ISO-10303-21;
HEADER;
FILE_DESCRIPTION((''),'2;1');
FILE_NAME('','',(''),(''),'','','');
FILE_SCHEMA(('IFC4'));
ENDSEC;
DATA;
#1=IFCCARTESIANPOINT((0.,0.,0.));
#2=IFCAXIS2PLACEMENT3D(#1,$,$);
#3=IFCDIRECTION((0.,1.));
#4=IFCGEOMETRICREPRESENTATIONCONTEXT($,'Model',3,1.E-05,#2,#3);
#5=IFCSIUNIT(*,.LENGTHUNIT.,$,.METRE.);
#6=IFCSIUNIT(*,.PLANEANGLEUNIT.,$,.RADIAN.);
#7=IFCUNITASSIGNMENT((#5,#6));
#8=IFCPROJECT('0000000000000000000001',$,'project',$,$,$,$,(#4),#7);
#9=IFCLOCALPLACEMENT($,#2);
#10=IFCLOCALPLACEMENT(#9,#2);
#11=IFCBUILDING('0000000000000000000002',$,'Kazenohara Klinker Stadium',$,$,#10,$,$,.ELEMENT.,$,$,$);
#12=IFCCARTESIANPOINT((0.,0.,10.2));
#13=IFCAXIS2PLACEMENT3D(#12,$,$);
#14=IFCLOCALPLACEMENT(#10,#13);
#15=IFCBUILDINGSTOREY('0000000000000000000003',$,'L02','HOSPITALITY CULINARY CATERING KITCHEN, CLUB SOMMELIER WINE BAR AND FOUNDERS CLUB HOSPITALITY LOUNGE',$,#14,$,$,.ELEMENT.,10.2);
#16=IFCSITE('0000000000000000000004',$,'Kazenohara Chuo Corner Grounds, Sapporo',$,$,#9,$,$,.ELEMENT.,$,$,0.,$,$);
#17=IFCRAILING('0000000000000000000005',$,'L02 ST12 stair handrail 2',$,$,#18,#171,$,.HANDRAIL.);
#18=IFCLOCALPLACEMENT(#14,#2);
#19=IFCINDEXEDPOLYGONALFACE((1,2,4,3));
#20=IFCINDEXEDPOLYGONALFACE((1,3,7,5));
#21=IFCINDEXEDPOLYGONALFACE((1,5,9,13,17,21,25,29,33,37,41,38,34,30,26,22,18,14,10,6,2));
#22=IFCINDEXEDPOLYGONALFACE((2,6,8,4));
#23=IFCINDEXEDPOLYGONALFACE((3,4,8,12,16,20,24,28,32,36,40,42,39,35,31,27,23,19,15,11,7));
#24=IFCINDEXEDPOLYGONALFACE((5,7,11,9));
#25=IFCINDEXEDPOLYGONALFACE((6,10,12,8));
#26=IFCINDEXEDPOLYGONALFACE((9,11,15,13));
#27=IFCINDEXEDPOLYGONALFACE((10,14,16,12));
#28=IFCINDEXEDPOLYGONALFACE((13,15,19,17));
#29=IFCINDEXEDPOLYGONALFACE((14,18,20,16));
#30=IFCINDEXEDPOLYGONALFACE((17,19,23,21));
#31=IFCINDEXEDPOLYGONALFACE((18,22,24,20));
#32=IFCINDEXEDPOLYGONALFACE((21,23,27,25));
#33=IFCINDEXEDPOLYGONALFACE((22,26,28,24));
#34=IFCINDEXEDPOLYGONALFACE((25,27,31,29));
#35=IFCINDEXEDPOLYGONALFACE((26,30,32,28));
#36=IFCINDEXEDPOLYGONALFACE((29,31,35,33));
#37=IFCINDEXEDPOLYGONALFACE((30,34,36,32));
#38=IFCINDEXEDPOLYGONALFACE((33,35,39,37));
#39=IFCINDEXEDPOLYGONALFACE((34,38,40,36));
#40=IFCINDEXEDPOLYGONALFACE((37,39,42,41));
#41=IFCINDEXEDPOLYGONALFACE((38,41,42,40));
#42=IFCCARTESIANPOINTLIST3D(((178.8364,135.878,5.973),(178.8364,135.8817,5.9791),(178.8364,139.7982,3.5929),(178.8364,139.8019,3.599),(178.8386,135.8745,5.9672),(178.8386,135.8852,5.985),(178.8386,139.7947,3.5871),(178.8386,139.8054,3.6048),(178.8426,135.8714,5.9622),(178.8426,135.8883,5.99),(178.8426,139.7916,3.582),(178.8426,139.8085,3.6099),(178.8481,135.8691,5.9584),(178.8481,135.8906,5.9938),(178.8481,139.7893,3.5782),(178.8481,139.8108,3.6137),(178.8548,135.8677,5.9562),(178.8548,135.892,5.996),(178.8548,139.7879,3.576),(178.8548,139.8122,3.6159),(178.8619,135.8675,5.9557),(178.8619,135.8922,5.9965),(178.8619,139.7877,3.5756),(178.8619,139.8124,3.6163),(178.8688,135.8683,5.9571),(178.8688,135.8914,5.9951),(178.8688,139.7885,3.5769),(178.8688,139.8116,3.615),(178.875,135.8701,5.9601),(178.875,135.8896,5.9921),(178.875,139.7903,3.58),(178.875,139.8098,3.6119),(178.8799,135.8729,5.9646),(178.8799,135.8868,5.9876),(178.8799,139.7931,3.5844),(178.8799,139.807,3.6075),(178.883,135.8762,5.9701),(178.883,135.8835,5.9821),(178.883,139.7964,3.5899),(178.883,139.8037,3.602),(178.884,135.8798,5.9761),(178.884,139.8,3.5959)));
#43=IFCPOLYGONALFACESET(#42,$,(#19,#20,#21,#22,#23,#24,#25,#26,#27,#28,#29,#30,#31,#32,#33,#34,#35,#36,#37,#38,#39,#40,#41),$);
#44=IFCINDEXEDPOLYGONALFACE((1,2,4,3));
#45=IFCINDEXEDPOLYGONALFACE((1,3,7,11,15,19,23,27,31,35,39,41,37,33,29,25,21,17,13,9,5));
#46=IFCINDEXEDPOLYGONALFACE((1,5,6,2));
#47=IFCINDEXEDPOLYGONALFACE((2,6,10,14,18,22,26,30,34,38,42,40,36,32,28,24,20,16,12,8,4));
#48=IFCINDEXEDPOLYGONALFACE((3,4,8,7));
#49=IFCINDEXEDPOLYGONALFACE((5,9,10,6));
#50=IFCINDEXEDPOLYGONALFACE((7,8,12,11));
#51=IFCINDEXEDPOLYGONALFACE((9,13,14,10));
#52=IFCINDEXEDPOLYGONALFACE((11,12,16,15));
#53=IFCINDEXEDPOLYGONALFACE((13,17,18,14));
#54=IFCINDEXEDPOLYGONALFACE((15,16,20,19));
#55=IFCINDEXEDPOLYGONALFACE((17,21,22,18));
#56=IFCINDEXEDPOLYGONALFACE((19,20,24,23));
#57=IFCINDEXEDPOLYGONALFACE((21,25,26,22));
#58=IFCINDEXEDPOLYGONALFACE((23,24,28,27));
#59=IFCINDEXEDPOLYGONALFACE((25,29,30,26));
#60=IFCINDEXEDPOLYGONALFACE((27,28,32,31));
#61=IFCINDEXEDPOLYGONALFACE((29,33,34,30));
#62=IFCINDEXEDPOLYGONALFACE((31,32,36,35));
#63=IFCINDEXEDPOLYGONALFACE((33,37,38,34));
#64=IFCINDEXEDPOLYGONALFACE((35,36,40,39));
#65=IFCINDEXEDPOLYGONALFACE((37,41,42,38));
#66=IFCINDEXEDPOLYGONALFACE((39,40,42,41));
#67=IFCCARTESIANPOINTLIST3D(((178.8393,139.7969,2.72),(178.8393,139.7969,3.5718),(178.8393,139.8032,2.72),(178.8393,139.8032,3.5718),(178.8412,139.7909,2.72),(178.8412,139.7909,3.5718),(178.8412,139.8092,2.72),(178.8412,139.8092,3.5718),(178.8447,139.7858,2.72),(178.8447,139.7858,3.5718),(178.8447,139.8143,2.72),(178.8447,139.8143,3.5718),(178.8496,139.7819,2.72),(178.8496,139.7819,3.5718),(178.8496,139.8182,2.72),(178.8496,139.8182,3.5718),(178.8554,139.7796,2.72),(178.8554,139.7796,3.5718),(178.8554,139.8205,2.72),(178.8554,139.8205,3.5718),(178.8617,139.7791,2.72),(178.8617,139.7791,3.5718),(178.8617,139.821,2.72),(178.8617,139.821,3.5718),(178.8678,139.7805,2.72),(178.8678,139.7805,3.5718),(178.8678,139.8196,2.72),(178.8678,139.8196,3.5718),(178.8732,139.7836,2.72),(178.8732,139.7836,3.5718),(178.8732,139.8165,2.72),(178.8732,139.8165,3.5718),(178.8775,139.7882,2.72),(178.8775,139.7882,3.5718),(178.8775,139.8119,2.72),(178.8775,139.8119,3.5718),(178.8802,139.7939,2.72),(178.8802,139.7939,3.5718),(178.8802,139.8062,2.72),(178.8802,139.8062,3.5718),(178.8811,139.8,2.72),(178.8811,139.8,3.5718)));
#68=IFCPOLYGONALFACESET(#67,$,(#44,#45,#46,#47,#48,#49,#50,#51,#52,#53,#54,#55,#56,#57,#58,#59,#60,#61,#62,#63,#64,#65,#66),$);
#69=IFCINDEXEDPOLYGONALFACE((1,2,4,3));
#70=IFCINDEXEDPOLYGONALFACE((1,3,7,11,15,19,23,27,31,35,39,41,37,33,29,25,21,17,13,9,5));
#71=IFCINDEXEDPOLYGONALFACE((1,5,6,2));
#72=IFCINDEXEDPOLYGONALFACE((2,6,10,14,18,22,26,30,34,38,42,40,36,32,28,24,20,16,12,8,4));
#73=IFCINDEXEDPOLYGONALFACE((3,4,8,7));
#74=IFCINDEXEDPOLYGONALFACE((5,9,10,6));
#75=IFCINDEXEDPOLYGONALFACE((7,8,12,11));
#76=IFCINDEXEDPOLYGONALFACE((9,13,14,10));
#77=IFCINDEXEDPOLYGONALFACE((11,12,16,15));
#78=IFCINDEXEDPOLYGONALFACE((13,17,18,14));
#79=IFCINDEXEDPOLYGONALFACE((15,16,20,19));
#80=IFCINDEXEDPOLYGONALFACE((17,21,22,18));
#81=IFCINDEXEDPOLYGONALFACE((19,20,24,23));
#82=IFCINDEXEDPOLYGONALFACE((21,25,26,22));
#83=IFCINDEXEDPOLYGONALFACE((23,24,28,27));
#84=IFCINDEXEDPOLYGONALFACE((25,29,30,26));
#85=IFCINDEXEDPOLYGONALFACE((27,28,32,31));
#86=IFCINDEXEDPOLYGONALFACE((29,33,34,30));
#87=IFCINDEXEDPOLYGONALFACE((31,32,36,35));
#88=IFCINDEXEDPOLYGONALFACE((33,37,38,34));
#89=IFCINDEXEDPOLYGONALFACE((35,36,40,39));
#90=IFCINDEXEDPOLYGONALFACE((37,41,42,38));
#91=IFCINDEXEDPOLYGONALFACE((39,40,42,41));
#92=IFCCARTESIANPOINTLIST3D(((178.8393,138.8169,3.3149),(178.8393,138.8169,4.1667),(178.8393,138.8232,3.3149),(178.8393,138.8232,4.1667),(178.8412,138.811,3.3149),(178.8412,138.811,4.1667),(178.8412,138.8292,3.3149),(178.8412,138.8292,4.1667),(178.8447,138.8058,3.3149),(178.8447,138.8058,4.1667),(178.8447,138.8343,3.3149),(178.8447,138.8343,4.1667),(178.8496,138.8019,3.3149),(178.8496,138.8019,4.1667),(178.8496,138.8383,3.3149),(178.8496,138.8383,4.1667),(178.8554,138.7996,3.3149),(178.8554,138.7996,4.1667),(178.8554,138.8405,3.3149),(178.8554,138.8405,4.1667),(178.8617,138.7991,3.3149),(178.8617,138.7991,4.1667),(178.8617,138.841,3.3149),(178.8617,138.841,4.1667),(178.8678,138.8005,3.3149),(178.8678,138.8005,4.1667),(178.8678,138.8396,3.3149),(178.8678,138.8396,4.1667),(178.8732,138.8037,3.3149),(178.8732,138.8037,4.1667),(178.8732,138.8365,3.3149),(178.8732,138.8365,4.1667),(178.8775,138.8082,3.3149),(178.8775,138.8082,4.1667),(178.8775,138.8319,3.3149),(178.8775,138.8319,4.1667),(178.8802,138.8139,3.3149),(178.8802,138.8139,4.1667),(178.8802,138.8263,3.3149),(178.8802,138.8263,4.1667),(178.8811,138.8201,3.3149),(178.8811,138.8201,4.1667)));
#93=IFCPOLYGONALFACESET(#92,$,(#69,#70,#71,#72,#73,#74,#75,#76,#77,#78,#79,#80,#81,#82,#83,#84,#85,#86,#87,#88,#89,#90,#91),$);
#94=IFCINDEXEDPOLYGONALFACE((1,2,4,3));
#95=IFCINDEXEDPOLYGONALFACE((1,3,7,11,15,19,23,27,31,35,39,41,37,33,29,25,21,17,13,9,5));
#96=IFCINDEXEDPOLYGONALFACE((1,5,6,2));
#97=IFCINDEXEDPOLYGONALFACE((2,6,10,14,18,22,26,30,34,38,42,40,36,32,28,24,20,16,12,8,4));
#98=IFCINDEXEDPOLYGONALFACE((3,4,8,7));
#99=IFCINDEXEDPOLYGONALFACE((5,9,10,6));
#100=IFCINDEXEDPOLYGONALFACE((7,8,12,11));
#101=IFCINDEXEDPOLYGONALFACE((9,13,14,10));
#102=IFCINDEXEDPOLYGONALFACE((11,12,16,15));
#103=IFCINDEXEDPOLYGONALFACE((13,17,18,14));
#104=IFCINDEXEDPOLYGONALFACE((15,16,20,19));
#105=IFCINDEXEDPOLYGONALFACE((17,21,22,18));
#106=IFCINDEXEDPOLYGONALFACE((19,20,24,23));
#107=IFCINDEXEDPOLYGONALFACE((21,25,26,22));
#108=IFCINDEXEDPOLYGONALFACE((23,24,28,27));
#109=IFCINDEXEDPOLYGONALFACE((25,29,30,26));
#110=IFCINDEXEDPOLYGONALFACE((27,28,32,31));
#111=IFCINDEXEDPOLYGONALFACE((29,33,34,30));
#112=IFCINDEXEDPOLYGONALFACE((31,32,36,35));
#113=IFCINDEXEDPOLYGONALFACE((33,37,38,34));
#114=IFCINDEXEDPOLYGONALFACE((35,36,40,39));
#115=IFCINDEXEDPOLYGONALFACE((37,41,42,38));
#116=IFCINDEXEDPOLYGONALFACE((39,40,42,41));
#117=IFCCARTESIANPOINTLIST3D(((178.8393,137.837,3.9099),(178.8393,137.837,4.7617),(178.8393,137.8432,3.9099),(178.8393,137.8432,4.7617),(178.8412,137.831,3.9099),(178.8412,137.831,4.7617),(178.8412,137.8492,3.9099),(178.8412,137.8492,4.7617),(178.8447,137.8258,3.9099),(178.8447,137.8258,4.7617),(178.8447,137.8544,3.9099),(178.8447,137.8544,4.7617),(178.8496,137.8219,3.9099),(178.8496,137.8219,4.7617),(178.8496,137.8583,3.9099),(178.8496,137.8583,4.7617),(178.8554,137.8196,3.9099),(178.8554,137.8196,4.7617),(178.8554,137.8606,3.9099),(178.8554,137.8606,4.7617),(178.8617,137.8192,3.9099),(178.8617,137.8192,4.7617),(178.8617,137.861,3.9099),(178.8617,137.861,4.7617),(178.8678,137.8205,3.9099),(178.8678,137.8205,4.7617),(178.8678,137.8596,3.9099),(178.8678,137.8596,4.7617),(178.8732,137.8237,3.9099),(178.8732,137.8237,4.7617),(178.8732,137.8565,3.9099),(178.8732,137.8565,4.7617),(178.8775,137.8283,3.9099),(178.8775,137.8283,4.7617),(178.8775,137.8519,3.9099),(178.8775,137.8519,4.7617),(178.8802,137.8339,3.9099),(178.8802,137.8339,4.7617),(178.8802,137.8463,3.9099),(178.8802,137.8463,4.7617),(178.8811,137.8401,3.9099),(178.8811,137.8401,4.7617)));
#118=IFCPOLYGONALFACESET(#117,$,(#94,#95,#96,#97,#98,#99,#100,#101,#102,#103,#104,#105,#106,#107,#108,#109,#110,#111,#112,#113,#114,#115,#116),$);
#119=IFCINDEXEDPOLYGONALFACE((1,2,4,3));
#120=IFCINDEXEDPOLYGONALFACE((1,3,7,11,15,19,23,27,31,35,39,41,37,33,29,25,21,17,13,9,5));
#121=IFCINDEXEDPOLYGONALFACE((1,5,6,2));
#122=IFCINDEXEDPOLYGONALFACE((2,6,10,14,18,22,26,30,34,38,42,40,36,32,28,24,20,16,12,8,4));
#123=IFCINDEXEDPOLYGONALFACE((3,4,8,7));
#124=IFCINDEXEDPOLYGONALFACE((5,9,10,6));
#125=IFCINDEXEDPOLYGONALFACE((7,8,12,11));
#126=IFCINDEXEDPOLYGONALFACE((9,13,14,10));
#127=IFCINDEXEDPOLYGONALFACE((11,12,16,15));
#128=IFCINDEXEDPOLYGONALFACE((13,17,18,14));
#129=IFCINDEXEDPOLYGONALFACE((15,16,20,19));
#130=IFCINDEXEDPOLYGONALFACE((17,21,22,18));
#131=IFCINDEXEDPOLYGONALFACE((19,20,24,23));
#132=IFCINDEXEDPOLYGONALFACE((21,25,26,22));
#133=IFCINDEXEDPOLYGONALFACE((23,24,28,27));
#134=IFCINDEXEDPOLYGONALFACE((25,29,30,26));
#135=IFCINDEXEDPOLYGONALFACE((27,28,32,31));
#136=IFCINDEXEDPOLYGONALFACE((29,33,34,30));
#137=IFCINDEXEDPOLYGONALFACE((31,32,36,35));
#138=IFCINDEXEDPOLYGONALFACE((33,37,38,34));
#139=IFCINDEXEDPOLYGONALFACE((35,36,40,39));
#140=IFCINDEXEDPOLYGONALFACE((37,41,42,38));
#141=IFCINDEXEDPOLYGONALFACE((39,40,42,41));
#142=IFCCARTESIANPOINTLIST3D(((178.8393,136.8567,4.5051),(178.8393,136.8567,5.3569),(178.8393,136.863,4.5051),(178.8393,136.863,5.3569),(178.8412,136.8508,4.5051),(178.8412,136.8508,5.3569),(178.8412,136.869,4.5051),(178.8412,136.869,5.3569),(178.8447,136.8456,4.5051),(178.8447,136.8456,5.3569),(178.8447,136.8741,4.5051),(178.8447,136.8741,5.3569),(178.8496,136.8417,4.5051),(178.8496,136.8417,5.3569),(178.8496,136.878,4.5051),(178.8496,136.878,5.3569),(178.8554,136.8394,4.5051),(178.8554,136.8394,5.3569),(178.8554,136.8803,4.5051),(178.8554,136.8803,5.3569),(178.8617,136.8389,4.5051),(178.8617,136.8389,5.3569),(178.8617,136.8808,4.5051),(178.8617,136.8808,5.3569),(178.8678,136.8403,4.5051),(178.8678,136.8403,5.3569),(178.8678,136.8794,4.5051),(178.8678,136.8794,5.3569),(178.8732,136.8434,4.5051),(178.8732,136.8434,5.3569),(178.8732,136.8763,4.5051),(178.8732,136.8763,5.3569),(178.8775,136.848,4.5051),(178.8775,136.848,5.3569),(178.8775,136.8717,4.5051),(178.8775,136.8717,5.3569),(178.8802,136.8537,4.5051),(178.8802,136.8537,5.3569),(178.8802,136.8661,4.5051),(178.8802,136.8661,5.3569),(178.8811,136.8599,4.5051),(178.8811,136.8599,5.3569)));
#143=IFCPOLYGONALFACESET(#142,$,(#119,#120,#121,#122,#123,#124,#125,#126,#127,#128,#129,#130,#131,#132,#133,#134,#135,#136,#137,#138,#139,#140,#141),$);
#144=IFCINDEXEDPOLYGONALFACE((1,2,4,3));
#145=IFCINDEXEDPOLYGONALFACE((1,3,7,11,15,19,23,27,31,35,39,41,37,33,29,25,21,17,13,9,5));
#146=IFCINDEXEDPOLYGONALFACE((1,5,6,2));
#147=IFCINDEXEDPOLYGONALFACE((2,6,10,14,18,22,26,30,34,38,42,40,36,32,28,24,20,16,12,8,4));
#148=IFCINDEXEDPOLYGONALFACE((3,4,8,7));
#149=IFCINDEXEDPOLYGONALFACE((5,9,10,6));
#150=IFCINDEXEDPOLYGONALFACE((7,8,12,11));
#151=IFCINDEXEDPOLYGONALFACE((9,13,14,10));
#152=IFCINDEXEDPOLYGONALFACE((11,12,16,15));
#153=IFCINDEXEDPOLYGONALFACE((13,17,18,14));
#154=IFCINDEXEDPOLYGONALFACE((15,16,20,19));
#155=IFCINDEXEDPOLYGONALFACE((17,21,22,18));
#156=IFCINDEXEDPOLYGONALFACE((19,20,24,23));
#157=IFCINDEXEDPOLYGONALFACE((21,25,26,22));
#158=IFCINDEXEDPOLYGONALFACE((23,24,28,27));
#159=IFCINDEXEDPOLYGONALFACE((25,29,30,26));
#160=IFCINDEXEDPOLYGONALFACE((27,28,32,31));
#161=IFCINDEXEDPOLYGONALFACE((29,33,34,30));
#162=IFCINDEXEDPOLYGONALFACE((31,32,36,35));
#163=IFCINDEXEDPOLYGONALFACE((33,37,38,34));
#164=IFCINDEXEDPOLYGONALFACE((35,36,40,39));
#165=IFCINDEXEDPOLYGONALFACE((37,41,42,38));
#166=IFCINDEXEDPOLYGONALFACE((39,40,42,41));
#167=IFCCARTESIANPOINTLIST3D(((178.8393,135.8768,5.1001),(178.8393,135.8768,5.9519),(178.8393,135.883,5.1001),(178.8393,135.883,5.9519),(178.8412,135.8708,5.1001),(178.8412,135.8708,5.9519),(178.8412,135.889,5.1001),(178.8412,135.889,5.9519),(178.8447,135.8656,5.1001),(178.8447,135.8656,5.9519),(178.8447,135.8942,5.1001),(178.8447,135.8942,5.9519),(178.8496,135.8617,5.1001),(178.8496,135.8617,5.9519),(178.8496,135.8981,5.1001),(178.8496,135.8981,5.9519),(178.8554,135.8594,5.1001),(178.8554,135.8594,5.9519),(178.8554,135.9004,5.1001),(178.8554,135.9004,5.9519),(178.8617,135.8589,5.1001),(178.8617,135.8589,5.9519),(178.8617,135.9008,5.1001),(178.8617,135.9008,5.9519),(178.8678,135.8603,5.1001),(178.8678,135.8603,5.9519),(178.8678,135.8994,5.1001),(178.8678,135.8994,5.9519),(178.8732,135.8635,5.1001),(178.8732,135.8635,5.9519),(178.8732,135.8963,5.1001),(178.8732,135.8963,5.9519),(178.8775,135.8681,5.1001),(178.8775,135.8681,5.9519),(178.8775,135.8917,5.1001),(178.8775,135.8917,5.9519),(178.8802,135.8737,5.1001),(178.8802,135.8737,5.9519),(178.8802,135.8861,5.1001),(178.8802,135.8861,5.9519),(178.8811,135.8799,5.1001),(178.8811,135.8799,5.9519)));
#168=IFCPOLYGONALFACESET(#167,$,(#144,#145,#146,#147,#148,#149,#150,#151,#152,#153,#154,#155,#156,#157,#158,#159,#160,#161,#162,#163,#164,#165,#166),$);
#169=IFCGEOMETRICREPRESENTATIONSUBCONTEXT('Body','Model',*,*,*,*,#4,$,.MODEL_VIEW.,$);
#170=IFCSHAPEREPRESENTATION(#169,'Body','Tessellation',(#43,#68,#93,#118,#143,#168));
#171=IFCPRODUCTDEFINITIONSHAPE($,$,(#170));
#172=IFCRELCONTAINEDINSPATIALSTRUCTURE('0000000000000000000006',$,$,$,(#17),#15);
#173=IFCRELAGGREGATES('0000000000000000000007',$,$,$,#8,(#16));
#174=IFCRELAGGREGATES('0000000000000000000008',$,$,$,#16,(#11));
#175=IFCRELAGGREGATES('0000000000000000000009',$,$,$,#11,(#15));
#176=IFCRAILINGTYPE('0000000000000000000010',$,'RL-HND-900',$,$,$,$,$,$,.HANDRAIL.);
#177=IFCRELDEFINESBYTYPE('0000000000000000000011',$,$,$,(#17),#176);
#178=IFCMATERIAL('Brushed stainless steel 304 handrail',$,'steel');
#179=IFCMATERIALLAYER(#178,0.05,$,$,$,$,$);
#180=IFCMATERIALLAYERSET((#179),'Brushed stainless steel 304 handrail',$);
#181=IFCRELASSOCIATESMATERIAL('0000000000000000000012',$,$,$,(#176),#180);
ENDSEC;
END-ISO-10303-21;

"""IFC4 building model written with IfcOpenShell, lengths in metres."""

from ifc_helpers import new_model, si_unit, direction, frame, origin, origin_2d, place, context, subcontext, project, spatial, circle, extrude, material, layer, layer_set, type_object, element, save


model = new_model("IFC4")

# Units and contexts
model_context = context("Model", 3, precision=1e-05, world=origin(), true_north=direction((0.0, 1.0)))
body_context = subcontext(model_context, "Body", "Model", "MODEL_VIEW")
ifc_project = project(units=[si_unit("LENGTHUNIT", "METRE"), si_unit("PLANEANGLEUNIT", "RADIAN")], contexts=[model_context])

# Site, building, storey
site_placement = place(None, origin())
site = spatial("IfcSite", under=ifc_project, at=site_placement, Name="Kazenohara Chuo Corner Grounds, Sapporo", CompositionType="ELEMENT", RefElevation=0.0)
building_placement = place(site_placement, origin())
building = spatial("IfcBuilding", under=site, at=building_placement, Name="Kazenohara Klinker Stadium", CompositionType="ELEMENT")
storey_placement = place(building_placement, frame((0.0, 0.0, 10.2)))
storey = spatial("IfcBuildingStorey", under=building, at=storey_placement, Name="L02", Description="HOSPITALITY CULINARY CATERING KITCHEN, CLUB SOMMELIER WINE BAR AND FOUNDERS CLUB HOSPITALITY LOUNGE", CompositionType="ELEMENT", Elevation=10.2)

# Railing
ifc_material_1 = material(Name="Brushed stainless steel 304 handrail", Category="steel")
ifc_layer_1 = layer(ifc_material_1, 0.05)
ifc_layer_set_1 = layer_set([ifc_layer_1], Name="Brushed stainless steel 304 handrail")
railing_type_1 = type_object("IfcRailingType", Name="RL-HND-900", PredefinedType="HANDRAIL", material=ifc_layer_set_1)
for number, where, name in (
    (1, (178.8601, 139.8, 2.72), "L02 ST12 stair handrail 2"),
):
    element("IfcRailing", number, at=place(storey_placement, frame(where)), inside=storey, type_object=railing_type_1, Name=name, PredefinedType="HANDRAIL", context=body_context, shape_type="SweptSolid", body=[
        extrude(circle(Radius=0.0239, at=origin_2d()), frame((0.0, 0.0, 0.876), z_axis=(0.0, -0.854785, 0.518982), x_axis=(1.0, 0.0, 0.0)), (0.0, 0.0, 1.0), 4.5862),
        extrude(circle(Radius=0.021, at=origin_2d()), origin(), (0.0, 0.0, 1.0), 0.8518),
        extrude(circle(Radius=0.021, at=origin_2d()), frame((0.0, -0.98, 0.595)), (0.0, 0.0, 1.0), 0.8518),
        extrude(circle(Radius=0.021, at=origin_2d()), frame((0.0, -1.96, 1.1899)), (0.0, 0.0, 1.0), 0.8518),
        extrude(circle(Radius=0.021, at=origin_2d()), frame((0.0, -2.9402, 1.7852)), (0.0, 0.0, 1.0), 0.8518),
        extrude(circle(Radius=0.021, at=origin_2d()), frame((0.0, -3.9202, 2.3801)), (0.0, 0.0, 1.0), 0.8518),
    ])

save(model, "model.ifc")
